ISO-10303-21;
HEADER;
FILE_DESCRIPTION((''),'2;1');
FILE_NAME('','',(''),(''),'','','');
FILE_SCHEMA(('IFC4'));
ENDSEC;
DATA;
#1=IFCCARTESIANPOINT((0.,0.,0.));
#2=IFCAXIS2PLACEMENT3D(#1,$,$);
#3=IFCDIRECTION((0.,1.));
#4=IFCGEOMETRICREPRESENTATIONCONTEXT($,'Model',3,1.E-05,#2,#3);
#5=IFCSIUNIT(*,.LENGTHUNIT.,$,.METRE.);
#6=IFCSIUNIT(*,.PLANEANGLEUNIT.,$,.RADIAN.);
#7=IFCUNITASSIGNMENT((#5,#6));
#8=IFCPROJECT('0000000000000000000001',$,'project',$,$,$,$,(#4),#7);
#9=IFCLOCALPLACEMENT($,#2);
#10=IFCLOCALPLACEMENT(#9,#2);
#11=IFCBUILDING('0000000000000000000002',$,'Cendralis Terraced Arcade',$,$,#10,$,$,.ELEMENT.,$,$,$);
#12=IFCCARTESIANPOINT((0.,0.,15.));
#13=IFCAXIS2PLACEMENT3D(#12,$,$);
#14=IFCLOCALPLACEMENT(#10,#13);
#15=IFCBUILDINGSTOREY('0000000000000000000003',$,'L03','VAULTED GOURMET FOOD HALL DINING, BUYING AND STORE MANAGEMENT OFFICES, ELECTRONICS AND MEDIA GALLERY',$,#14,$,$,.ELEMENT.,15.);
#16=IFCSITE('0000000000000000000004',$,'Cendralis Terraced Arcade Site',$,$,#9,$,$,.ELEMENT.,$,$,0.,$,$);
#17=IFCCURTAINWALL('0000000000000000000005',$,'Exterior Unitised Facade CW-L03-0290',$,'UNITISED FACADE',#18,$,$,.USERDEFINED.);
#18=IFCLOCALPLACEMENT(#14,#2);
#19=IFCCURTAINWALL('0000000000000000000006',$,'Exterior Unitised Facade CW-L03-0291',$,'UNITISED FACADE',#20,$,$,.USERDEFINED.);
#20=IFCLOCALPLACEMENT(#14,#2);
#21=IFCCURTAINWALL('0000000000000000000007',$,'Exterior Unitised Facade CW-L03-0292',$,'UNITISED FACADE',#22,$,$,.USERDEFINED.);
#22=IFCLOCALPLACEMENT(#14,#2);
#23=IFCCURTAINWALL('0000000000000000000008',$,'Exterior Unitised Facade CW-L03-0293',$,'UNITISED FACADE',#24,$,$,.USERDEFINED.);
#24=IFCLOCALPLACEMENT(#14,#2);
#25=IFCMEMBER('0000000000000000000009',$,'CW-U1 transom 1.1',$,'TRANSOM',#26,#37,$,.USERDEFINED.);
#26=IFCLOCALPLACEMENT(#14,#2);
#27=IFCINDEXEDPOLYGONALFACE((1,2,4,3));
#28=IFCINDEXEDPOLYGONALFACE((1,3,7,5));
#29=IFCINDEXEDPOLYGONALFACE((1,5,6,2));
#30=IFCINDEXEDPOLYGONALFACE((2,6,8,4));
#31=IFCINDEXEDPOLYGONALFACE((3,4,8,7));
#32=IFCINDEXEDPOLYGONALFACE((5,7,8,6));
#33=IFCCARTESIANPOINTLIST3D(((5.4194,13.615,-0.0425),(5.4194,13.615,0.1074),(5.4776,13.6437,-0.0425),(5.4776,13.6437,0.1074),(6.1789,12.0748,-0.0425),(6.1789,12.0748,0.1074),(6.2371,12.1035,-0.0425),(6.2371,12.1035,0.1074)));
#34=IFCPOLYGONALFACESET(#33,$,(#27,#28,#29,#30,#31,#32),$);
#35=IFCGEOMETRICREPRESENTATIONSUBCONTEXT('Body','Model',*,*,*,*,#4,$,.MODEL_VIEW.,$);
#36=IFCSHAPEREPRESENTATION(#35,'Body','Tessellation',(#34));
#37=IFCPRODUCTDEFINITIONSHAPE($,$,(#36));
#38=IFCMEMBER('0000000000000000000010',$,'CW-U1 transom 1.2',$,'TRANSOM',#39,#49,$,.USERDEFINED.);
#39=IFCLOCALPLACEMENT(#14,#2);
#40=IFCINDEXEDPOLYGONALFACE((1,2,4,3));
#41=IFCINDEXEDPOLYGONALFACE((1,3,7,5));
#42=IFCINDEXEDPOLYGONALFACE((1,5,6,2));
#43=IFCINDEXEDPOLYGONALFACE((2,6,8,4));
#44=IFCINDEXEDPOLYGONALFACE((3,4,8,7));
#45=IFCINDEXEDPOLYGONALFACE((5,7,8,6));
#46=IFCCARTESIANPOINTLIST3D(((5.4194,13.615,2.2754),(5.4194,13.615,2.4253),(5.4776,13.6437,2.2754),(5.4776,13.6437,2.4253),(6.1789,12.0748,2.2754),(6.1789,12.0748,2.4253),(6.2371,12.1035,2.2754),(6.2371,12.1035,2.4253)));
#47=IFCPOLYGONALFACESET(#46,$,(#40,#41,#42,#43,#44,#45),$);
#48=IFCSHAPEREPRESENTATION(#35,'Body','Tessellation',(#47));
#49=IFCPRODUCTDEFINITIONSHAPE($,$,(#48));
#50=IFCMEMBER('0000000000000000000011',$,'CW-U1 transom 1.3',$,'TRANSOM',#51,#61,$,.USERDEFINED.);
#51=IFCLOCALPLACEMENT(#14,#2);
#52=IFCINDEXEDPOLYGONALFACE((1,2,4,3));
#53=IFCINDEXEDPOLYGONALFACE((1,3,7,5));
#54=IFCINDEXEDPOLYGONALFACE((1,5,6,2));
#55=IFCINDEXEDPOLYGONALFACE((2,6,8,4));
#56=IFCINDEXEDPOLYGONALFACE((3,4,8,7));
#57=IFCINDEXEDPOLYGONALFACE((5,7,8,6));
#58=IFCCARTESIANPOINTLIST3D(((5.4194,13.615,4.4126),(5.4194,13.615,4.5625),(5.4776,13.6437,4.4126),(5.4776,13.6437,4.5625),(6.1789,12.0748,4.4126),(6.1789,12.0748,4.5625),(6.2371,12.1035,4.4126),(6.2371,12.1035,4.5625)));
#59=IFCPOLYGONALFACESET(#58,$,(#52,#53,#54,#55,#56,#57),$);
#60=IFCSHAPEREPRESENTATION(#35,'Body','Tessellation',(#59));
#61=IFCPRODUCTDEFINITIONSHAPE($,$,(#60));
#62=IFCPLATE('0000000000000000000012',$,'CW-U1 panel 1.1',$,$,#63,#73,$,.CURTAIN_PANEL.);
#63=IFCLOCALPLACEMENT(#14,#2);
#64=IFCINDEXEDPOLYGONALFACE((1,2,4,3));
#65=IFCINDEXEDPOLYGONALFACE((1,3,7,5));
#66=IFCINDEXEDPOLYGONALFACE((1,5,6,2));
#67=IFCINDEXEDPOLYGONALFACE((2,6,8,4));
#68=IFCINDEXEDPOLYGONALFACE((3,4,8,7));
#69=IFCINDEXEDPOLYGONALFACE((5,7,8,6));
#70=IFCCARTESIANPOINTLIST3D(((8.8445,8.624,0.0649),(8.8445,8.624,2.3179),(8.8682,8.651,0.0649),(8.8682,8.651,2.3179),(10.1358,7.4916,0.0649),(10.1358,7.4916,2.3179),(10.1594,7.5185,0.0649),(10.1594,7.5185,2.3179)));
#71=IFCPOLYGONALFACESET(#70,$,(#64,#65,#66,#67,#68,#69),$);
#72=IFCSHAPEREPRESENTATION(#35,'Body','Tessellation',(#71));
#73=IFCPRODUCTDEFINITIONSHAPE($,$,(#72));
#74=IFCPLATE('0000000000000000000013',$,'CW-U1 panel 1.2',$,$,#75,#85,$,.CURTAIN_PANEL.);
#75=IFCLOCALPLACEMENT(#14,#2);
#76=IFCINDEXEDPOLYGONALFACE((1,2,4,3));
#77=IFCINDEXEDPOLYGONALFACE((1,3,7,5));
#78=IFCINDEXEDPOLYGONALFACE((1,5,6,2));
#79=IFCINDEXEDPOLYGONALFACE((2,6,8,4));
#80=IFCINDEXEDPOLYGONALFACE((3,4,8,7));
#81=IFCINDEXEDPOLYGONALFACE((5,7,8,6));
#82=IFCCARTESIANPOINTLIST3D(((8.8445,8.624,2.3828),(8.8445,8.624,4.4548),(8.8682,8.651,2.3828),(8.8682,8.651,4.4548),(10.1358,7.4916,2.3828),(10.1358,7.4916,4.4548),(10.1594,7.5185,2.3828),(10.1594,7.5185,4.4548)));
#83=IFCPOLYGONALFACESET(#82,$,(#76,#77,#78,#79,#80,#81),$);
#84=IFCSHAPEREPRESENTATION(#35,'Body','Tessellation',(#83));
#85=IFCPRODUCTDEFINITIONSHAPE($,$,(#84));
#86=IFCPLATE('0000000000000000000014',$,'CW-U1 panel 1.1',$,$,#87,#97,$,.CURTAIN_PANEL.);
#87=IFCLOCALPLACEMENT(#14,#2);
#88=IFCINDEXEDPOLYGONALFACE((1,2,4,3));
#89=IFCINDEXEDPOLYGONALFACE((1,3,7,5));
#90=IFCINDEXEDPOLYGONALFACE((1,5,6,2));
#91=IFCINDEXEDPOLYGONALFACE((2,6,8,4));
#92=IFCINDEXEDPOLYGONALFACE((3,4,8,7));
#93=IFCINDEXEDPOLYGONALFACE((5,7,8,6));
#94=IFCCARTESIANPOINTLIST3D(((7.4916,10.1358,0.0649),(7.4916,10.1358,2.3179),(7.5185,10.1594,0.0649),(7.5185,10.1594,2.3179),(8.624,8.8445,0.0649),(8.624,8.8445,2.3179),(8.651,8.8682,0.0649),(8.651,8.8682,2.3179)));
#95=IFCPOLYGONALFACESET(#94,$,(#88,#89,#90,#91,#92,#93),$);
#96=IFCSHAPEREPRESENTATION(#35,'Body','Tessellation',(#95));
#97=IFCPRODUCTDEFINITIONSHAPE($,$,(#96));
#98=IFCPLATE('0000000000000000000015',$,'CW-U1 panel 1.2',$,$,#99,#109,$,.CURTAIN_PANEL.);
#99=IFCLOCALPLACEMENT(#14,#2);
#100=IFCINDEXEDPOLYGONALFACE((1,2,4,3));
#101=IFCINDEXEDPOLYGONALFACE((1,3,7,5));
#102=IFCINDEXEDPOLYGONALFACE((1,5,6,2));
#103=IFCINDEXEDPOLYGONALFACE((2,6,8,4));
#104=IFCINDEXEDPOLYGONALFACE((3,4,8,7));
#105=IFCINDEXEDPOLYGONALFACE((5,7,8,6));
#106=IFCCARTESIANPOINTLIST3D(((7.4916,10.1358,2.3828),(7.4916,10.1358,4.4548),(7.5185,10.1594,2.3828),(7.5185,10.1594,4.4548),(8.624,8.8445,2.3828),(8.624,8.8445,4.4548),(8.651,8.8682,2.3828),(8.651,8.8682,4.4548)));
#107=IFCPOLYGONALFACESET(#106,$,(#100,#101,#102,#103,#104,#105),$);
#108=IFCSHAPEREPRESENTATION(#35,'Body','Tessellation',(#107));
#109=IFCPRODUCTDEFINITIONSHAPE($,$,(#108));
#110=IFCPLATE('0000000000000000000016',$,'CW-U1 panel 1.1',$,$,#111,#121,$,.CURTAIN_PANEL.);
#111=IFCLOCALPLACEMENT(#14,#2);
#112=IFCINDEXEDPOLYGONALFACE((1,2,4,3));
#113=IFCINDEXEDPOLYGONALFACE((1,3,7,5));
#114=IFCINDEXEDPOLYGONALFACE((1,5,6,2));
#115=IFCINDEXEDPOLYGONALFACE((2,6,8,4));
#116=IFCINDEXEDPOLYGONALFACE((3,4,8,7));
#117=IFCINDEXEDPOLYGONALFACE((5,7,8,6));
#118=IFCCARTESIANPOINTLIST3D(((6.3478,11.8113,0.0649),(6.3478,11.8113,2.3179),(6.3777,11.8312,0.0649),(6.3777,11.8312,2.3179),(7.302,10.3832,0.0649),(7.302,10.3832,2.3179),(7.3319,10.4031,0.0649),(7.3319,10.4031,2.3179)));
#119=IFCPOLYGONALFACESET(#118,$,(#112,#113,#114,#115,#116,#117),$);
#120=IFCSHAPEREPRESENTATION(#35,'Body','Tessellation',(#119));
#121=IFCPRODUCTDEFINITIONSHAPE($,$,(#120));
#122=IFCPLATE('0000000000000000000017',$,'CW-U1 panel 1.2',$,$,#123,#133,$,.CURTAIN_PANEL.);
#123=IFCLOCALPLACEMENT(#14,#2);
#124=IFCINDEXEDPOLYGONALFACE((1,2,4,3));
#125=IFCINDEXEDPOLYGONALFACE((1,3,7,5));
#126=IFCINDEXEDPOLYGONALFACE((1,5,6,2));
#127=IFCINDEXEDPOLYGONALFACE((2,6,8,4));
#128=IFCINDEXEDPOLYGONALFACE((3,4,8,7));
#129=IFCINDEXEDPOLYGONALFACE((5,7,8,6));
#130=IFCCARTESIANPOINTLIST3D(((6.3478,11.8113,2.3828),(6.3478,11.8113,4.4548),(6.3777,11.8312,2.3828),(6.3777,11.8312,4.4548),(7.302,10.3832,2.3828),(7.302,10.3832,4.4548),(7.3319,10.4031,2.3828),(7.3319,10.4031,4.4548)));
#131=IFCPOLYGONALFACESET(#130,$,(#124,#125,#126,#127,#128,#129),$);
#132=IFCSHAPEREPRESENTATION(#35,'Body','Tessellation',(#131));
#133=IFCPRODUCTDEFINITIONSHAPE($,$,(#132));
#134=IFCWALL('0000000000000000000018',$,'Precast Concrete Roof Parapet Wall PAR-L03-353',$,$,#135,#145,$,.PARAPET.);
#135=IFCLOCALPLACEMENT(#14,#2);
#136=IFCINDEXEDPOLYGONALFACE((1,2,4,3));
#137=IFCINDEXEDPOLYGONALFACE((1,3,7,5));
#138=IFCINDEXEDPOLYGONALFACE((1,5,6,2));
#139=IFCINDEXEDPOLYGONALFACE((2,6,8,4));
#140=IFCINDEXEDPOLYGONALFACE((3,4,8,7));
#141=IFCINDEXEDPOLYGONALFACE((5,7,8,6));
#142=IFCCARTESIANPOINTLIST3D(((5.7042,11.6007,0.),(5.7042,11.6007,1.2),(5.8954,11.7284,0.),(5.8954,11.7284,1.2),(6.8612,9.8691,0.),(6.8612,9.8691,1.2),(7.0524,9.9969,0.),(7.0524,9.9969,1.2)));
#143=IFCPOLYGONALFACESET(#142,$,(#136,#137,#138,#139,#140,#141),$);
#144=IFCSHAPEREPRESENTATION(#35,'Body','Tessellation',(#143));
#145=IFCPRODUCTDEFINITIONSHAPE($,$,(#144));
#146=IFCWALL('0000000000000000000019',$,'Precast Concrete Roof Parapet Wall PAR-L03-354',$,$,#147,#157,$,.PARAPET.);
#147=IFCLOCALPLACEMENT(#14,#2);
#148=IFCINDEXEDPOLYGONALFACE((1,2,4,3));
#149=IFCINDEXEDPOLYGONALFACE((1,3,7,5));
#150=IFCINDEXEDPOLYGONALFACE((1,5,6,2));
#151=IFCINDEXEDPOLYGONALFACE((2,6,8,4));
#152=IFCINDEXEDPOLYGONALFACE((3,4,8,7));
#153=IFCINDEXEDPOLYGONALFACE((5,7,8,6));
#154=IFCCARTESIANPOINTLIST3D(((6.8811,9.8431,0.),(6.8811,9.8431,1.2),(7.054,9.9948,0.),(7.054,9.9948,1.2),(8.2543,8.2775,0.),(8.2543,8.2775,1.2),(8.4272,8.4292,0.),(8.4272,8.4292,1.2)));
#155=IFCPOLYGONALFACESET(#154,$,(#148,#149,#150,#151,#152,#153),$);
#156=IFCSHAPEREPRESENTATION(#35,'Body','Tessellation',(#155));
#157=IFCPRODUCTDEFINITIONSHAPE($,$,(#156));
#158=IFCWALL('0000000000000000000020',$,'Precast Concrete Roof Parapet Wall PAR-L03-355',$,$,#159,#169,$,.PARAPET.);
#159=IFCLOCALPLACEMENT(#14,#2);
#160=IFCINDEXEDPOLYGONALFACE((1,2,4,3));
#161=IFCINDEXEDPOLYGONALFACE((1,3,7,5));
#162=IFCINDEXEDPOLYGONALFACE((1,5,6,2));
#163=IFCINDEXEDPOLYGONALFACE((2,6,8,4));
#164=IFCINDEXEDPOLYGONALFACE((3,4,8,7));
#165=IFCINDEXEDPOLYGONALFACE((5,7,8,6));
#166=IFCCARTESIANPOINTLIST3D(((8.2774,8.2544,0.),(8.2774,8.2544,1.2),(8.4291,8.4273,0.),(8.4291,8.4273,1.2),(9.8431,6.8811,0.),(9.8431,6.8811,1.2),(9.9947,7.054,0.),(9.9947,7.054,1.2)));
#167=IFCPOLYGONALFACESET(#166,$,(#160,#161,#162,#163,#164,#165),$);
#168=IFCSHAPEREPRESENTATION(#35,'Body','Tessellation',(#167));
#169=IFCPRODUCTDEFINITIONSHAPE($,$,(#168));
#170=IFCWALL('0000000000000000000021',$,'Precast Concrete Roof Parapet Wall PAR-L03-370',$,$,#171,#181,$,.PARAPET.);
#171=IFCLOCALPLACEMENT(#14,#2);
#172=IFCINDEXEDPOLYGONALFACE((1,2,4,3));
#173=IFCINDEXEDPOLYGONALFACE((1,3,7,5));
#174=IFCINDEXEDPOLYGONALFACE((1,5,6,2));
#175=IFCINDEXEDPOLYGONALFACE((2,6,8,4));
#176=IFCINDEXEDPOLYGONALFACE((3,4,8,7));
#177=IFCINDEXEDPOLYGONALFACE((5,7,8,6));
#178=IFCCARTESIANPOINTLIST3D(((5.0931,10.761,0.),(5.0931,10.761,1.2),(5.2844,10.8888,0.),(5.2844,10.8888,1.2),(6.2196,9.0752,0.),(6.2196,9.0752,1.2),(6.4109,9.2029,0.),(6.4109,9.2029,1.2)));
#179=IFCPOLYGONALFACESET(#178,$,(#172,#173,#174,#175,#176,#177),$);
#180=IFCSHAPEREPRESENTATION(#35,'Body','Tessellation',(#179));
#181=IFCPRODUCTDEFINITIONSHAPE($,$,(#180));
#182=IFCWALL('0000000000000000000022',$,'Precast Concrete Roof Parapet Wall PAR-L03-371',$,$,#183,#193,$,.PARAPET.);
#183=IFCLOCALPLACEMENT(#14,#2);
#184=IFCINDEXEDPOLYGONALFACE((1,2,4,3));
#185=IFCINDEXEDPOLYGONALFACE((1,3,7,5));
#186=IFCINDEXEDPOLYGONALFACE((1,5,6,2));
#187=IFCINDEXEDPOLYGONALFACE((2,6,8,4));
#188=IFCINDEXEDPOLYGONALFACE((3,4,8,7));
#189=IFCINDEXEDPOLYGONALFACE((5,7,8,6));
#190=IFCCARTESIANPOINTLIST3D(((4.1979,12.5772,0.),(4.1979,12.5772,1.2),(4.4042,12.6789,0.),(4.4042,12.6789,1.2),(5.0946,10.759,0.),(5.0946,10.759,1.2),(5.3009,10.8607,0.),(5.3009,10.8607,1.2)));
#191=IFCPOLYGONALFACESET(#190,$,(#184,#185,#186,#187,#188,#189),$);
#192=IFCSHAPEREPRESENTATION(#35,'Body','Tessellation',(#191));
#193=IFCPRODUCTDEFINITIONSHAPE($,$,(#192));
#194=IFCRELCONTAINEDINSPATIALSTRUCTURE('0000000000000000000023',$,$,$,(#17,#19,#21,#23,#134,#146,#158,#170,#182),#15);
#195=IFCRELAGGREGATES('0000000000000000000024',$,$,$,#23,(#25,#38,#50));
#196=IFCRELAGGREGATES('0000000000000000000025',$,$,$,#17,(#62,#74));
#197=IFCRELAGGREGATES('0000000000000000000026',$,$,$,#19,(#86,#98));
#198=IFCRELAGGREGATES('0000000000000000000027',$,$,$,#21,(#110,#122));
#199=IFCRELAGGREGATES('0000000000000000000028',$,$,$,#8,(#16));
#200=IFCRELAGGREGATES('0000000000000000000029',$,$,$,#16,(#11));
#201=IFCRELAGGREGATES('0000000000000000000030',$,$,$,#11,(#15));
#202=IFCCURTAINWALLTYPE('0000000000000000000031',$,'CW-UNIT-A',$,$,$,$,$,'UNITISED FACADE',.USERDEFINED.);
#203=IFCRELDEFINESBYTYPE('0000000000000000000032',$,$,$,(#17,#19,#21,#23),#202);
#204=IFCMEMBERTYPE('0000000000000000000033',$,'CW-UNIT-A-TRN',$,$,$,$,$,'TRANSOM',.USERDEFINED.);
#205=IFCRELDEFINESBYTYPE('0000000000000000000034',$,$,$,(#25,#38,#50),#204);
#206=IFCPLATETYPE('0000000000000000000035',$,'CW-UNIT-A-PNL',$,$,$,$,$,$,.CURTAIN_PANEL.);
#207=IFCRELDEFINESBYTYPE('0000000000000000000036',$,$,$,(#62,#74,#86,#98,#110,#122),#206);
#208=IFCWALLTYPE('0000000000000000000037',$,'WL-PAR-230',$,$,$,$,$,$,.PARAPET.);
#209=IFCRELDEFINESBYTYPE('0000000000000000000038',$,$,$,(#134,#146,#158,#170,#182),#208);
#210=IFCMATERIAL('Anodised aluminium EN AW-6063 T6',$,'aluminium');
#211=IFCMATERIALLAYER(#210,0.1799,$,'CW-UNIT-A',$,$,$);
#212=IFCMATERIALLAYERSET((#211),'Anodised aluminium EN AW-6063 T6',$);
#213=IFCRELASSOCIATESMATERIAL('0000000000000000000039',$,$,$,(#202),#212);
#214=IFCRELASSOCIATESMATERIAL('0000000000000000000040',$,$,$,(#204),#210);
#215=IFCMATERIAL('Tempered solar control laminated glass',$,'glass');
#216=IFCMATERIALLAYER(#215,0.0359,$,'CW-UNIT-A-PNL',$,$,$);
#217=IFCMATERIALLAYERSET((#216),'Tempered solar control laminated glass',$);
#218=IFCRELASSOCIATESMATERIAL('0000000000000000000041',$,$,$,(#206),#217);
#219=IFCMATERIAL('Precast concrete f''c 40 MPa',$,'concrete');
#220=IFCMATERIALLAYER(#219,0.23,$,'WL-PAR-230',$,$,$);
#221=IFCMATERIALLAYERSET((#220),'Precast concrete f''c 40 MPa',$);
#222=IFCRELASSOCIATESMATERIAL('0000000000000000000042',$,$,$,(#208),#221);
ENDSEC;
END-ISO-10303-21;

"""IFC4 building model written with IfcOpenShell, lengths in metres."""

from ifc_helpers import new_model, si_unit, direction, frame, frame_2d, origin, origin_2d, place, context, subcontext, project, spatial, rectangle, extrude, material, layer, layer_set, material_profile, profile_set, type_object, element, aggregate, save


model = new_model("IFC4")

# Units and contexts
model_context = context("Model", 3, precision=1e-05, world=origin(), true_north=direction((0.0, 1.0)))
body_context = subcontext(model_context, "Body", "Model", "MODEL_VIEW")
ifc_project = project(units=[si_unit("LENGTHUNIT", "METRE"), si_unit("PLANEANGLEUNIT", "RADIAN")], contexts=[model_context])

# Site, building, storey
site_placement = place(None, origin())
site = spatial("IfcSite", under=ifc_project, at=site_placement, Name="Cendralis Terraced Arcade Site", CompositionType="ELEMENT", RefElevation=0.0)
building_placement = place(site_placement, origin())
building = spatial("IfcBuilding", under=site, at=building_placement, Name="Cendralis Terraced Arcade", CompositionType="ELEMENT")
storey_placement = place(building_placement, frame((0.0, 0.0, 15.0)))
storey = spatial("IfcBuildingStorey", under=building, at=storey_placement, Name="L03", Description="VAULTED GOURMET FOOD HALL DINING, BUYING AND STORE MANAGEMENT OFFICES, ELECTRONICS AND MEDIA GALLERY", CompositionType="ELEMENT", Elevation=15.0)

# Curtain wall
ifc_material_1 = material(Name="Anodised aluminium EN AW-6063 T6", Category="aluminium")
ifc_layer_1 = layer(ifc_material_1, 0.1799, Name="CW-UNIT-A")
ifc_layer_set_1 = layer_set([ifc_layer_1], Name="Anodised aluminium EN AW-6063 T6")
curtain_wall_type = type_object("IfcCurtainWallType", Name="CW-UNIT-A", ElementType="UNITISED FACADE", PredefinedType="USERDEFINED", material=ifc_layer_set_1)
curtain_wall_1_placement = place(storey_placement, origin())
curtain_wall_1 = element("IfcCurtainWall", 1, at=curtain_wall_1_placement, inside=storey, type_object=curtain_wall_type, Name="Exterior Unitised Facade CW-L03-0290", ObjectType="UNITISED FACADE", PredefinedType="USERDEFINED")

# Curtain walls
curtain_wall_2_placement = place(storey_placement, origin())
curtain_wall_2 = element("IfcCurtainWall", 2, at=curtain_wall_2_placement, inside=storey, type_object=curtain_wall_type, Name="Exterior Unitised Facade CW-L03-0291", ObjectType="UNITISED FACADE", PredefinedType="USERDEFINED")
curtain_wall_3_placement = place(storey_placement, origin())
curtain_wall_3 = element("IfcCurtainWall", 3, at=curtain_wall_3_placement, inside=storey, type_object=curtain_wall_type, Name="Exterior Unitised Facade CW-L03-0292", ObjectType="UNITISED FACADE", PredefinedType="USERDEFINED")

# Curtain wall
curtain_wall_4_placement = place(storey_placement, origin())
curtain_wall_4 = element("IfcCurtainWall", 4, at=curtain_wall_4_placement, inside=storey, type_object=curtain_wall_type, Name="Exterior Unitised Facade CW-L03-0293", ObjectType="UNITISED FACADE", PredefinedType="USERDEFINED")

# Members
ifc_material_profile_1 = material_profile(ifc_material_1, rectangle(XDim=0.0649, YDim=0.1499, at=origin_2d()), Name="ALU-TRN-65x150")
ifc_profile_set_1 = profile_set([ifc_material_profile_1], Name="Anodised aluminium EN AW-6063 T6")
member_type_1 = type_object("IfcMemberType", Name="CW-UNIT-A-TRN", ElementType="TRANSOM", PredefinedType="USERDEFINED", material=ifc_profile_set_1)
member_1_placement = place(storey_placement, frame((6.208, 12.0891, 0.0325), z_axis=(-0.44226, 0.896887, 0.0), x_axis=(-0.896887, -0.44226, 0.0)))
member_1 = element("IfcMember", 5, at=member_1_placement, type_object=member_type_1, Name="CW-U1 transom 1.1", ObjectType="TRANSOM", PredefinedType="USERDEFINED", context=body_context, shape_type="SweptSolid", body=[
    extrude(rectangle(XDim=0.0649, YDim=0.1499, at=origin_2d()), origin(), (0.0, 0.0, 1.0), 1.7173),
])
member_2_placement = place(storey_placement, frame((6.208, 12.0891, 2.3503), z_axis=(-0.44226, 0.896887, 0.0), x_axis=(-0.896887, -0.44226, 0.0)))
member_2 = element("IfcMember", 6, at=member_2_placement, type_object=member_type_1, Name="CW-U1 transom 1.2", ObjectType="TRANSOM", PredefinedType="USERDEFINED", context=body_context, shape_type="SweptSolid", body=[
    extrude(rectangle(XDim=0.0649, YDim=0.1499, at=origin_2d()), origin(), (0.0, 0.0, 1.0), 1.7173),
])
member_3_placement = place(storey_placement, frame((6.208, 12.0891, 4.4875), z_axis=(-0.44226, 0.896887, 0.0), x_axis=(-0.896887, -0.44226, 0.0)))
member_3 = element("IfcMember", 7, at=member_3_placement, type_object=member_type_1, Name="CW-U1 transom 1.3", ObjectType="TRANSOM", PredefinedType="USERDEFINED", context=body_context, shape_type="SweptSolid", body=[
    extrude(rectangle(XDim=0.0649, YDim=0.1499, at=origin_2d()), origin(), (0.0, 0.0, 1.0), 1.7173),
])
aggregate(curtain_wall_4, [member_1, member_2, member_3])

# Plates
ifc_material_2 = material(Name="Tempered solar control laminated glass", Category="glass")
ifc_layer_2 = layer(ifc_material_2, 0.0359, Name="CW-UNIT-A-PNL")
ifc_layer_set_2 = layer_set([ifc_layer_2], Name="Tempered solar control laminated glass")
plate_type = type_object("IfcPlateType", Name="CW-UNIT-A-PNL", PredefinedType="CURTAIN_PANEL", material=ifc_layer_set_2)
plate_1_placement = place(storey_placement, frame((9.502, 8.0713, 0.0649), z_axis=(0.0, 0.0, 1.0), x_axis=(-0.751818, 0.65937, 0.0)))
plate_1 = element("IfcPlate", 8, at=plate_1_placement, type_object=plate_type, Name="CW-U1 panel 1.1", PredefinedType="CURTAIN_PANEL", context=body_context, shape_type="SweptSolid", body=[
    extrude(rectangle(XDim=1.7175, YDim=0.0359, at=origin_2d()), origin(), (0.0, 0.0, 1.0), 2.2529),
])
plate_2_placement = place(storey_placement, frame((9.502, 8.0713, 2.3828), z_axis=(0.0, 0.0, 1.0), x_axis=(-0.751818, 0.65937, 0.0)))
plate_2 = element("IfcPlate", 9, at=plate_2_placement, type_object=plate_type, Name="CW-U1 panel 1.2", PredefinedType="CURTAIN_PANEL", context=body_context, shape_type="SweptSolid", body=[
    extrude(rectangle(XDim=1.7175, YDim=0.0359, at=origin_2d()), origin(), (0.0, 0.0, 1.0), 2.072),
])
aggregate(curtain_wall_1, [plate_1, plate_2])
plate_3_placement = place(storey_placement, frame((8.0713, 9.502, 0.0649), z_axis=(0.0, 0.0, 1.0), x_axis=(-0.65937, 0.751818, 0.0)))
plate_3 = element("IfcPlate", 10, at=plate_3_placement, type_object=plate_type, Name="CW-U1 panel 1.1", PredefinedType="CURTAIN_PANEL", context=body_context, shape_type="SweptSolid", body=[
    extrude(rectangle(XDim=1.7175, YDim=0.0359, at=origin_2d()), origin(), (0.0, 0.0, 1.0), 2.2529),
])
plate_4_placement = place(storey_placement, frame((8.0713, 9.502, 2.3828), z_axis=(0.0, 0.0, 1.0), x_axis=(-0.65937, 0.751818, 0.0)))
plate_4 = element("IfcPlate", 11, at=plate_4_placement, type_object=plate_type, Name="CW-U1 panel 1.2", PredefinedType="CURTAIN_PANEL", context=body_context, shape_type="SweptSolid", body=[
    extrude(rectangle(XDim=1.7175, YDim=0.0359, at=origin_2d()), origin(), (0.0, 0.0, 1.0), 2.072),
])
aggregate(curtain_wall_2, [plate_3, plate_4])
plate_5_placement = place(storey_placement, frame((6.8398, 11.1072, 0.0649), z_axis=(0.0, 0.0, 1.0), x_axis=(-0.555549, 0.831484, 0.0)))
plate_5 = element("IfcPlate", 12, at=plate_5_placement, type_object=plate_type, Name="CW-U1 panel 1.1", PredefinedType="CURTAIN_PANEL", context=body_context, shape_type="SweptSolid", body=[
    extrude(rectangle(XDim=1.7175, YDim=0.0359, at=origin_2d()), origin(), (0.0, 0.0, 1.0), 2.2529),
])
plate_6_placement = place(storey_placement, frame((6.8398, 11.1072, 2.3828), z_axis=(0.0, 0.0, 1.0), x_axis=(-0.555549, 0.831484, 0.0)))
plate_6 = element("IfcPlate", 13, at=plate_6_placement, type_object=plate_type, Name="CW-U1 panel 1.2", PredefinedType="CURTAIN_PANEL", context=body_context, shape_type="SweptSolid", body=[
    extrude(rectangle(XDim=1.7175, YDim=0.0359, at=origin_2d()), origin(), (0.0, 0.0, 1.0), 2.072),
])
aggregate(curtain_wall_3, [plate_5, plate_6])

# Walls
ifc_material_3 = material(Name="Precast concrete f'c 40 MPa", Category="concrete")
ifc_layer_3 = layer(ifc_material_3, 0.23, Name="WL-PAR-230")
ifc_layer_set_3 = layer_set([ifc_layer_3], Name="Precast concrete f'c 40 MPa")
wall_type = type_object("IfcWallType", Name="WL-PAR-230", PredefinedType="PARAPET", material=ifc_layer_set_3)
for number, where, z_axis, x_axis, name in (
    (14, (5.7998, 11.6646, 0.0), (0.0, 0.0, 1.0), (0.555593, -0.831455, 0.0), "Precast Concrete Roof Parapet Wall PAR-L03-353"),
    (15, (6.9675, 9.9189, 0.0), (0.0, 0.0, 1.0), (0.659409, -0.751785, 0.0), "Precast Concrete Roof Parapet Wall PAR-L03-354"),
    (16, (8.3533, 8.3408, 0.0), (0.0, 0.0, 1.0), (0.751785, -0.659409, 0.0), "Precast Concrete Roof Parapet Wall PAR-L03-355"),
):
    element("IfcWall", number, at=place(storey_placement, frame(where, z_axis=z_axis, x_axis=x_axis)), inside=storey, type_object=wall_type, Name=name, PredefinedType="PARAPET", context=body_context, shape_type="SweptSolid", body=[
        extrude(rectangle(XDim=2.0825, YDim=0.23, at=frame_2d((1.0413, 0.0))), origin(), (0.0, 0.0, 1.0), 1.2),
    ])
wall_1_placement = place(storey_placement, frame((6.3152, 9.1392, 0.0), z_axis=(0.0, 0.0, 1.0), x_axis=(-0.555589, 0.831457, 0.0)))
element("IfcWall", 17, at=wall_1_placement, inside=storey, type_object=wall_type, Name="Precast Concrete Roof Parapet Wall PAR-L03-370", PredefinedType="PARAPET", context=body_context, shape_type="SweptSolid", body=[
    extrude(rectangle(XDim=2.0276, YDim=0.23, at=frame_2d((1.0137, 0.0))), origin(), (0.0, 0.0, 1.0), 1.2),
])
wall_2_placement = place(storey_placement, frame((5.1978, 10.8098, 0.0), z_axis=(0.0, 0.0, 1.0), x_axis=(-0.442294, 0.89687, 0.0)))
element("IfcWall", 18, at=wall_2_placement, inside=storey, type_object=wall_type, Name="Precast Concrete Roof Parapet Wall PAR-L03-371", PredefinedType="PARAPET", context=body_context, shape_type="SweptSolid", body=[
    extrude(rectangle(XDim=2.0273, YDim=0.23, at=frame_2d((1.0137, 0.0))), origin(), (0.0, 0.0, 1.0), 1.2),
])

save(model, "model.ifc")
